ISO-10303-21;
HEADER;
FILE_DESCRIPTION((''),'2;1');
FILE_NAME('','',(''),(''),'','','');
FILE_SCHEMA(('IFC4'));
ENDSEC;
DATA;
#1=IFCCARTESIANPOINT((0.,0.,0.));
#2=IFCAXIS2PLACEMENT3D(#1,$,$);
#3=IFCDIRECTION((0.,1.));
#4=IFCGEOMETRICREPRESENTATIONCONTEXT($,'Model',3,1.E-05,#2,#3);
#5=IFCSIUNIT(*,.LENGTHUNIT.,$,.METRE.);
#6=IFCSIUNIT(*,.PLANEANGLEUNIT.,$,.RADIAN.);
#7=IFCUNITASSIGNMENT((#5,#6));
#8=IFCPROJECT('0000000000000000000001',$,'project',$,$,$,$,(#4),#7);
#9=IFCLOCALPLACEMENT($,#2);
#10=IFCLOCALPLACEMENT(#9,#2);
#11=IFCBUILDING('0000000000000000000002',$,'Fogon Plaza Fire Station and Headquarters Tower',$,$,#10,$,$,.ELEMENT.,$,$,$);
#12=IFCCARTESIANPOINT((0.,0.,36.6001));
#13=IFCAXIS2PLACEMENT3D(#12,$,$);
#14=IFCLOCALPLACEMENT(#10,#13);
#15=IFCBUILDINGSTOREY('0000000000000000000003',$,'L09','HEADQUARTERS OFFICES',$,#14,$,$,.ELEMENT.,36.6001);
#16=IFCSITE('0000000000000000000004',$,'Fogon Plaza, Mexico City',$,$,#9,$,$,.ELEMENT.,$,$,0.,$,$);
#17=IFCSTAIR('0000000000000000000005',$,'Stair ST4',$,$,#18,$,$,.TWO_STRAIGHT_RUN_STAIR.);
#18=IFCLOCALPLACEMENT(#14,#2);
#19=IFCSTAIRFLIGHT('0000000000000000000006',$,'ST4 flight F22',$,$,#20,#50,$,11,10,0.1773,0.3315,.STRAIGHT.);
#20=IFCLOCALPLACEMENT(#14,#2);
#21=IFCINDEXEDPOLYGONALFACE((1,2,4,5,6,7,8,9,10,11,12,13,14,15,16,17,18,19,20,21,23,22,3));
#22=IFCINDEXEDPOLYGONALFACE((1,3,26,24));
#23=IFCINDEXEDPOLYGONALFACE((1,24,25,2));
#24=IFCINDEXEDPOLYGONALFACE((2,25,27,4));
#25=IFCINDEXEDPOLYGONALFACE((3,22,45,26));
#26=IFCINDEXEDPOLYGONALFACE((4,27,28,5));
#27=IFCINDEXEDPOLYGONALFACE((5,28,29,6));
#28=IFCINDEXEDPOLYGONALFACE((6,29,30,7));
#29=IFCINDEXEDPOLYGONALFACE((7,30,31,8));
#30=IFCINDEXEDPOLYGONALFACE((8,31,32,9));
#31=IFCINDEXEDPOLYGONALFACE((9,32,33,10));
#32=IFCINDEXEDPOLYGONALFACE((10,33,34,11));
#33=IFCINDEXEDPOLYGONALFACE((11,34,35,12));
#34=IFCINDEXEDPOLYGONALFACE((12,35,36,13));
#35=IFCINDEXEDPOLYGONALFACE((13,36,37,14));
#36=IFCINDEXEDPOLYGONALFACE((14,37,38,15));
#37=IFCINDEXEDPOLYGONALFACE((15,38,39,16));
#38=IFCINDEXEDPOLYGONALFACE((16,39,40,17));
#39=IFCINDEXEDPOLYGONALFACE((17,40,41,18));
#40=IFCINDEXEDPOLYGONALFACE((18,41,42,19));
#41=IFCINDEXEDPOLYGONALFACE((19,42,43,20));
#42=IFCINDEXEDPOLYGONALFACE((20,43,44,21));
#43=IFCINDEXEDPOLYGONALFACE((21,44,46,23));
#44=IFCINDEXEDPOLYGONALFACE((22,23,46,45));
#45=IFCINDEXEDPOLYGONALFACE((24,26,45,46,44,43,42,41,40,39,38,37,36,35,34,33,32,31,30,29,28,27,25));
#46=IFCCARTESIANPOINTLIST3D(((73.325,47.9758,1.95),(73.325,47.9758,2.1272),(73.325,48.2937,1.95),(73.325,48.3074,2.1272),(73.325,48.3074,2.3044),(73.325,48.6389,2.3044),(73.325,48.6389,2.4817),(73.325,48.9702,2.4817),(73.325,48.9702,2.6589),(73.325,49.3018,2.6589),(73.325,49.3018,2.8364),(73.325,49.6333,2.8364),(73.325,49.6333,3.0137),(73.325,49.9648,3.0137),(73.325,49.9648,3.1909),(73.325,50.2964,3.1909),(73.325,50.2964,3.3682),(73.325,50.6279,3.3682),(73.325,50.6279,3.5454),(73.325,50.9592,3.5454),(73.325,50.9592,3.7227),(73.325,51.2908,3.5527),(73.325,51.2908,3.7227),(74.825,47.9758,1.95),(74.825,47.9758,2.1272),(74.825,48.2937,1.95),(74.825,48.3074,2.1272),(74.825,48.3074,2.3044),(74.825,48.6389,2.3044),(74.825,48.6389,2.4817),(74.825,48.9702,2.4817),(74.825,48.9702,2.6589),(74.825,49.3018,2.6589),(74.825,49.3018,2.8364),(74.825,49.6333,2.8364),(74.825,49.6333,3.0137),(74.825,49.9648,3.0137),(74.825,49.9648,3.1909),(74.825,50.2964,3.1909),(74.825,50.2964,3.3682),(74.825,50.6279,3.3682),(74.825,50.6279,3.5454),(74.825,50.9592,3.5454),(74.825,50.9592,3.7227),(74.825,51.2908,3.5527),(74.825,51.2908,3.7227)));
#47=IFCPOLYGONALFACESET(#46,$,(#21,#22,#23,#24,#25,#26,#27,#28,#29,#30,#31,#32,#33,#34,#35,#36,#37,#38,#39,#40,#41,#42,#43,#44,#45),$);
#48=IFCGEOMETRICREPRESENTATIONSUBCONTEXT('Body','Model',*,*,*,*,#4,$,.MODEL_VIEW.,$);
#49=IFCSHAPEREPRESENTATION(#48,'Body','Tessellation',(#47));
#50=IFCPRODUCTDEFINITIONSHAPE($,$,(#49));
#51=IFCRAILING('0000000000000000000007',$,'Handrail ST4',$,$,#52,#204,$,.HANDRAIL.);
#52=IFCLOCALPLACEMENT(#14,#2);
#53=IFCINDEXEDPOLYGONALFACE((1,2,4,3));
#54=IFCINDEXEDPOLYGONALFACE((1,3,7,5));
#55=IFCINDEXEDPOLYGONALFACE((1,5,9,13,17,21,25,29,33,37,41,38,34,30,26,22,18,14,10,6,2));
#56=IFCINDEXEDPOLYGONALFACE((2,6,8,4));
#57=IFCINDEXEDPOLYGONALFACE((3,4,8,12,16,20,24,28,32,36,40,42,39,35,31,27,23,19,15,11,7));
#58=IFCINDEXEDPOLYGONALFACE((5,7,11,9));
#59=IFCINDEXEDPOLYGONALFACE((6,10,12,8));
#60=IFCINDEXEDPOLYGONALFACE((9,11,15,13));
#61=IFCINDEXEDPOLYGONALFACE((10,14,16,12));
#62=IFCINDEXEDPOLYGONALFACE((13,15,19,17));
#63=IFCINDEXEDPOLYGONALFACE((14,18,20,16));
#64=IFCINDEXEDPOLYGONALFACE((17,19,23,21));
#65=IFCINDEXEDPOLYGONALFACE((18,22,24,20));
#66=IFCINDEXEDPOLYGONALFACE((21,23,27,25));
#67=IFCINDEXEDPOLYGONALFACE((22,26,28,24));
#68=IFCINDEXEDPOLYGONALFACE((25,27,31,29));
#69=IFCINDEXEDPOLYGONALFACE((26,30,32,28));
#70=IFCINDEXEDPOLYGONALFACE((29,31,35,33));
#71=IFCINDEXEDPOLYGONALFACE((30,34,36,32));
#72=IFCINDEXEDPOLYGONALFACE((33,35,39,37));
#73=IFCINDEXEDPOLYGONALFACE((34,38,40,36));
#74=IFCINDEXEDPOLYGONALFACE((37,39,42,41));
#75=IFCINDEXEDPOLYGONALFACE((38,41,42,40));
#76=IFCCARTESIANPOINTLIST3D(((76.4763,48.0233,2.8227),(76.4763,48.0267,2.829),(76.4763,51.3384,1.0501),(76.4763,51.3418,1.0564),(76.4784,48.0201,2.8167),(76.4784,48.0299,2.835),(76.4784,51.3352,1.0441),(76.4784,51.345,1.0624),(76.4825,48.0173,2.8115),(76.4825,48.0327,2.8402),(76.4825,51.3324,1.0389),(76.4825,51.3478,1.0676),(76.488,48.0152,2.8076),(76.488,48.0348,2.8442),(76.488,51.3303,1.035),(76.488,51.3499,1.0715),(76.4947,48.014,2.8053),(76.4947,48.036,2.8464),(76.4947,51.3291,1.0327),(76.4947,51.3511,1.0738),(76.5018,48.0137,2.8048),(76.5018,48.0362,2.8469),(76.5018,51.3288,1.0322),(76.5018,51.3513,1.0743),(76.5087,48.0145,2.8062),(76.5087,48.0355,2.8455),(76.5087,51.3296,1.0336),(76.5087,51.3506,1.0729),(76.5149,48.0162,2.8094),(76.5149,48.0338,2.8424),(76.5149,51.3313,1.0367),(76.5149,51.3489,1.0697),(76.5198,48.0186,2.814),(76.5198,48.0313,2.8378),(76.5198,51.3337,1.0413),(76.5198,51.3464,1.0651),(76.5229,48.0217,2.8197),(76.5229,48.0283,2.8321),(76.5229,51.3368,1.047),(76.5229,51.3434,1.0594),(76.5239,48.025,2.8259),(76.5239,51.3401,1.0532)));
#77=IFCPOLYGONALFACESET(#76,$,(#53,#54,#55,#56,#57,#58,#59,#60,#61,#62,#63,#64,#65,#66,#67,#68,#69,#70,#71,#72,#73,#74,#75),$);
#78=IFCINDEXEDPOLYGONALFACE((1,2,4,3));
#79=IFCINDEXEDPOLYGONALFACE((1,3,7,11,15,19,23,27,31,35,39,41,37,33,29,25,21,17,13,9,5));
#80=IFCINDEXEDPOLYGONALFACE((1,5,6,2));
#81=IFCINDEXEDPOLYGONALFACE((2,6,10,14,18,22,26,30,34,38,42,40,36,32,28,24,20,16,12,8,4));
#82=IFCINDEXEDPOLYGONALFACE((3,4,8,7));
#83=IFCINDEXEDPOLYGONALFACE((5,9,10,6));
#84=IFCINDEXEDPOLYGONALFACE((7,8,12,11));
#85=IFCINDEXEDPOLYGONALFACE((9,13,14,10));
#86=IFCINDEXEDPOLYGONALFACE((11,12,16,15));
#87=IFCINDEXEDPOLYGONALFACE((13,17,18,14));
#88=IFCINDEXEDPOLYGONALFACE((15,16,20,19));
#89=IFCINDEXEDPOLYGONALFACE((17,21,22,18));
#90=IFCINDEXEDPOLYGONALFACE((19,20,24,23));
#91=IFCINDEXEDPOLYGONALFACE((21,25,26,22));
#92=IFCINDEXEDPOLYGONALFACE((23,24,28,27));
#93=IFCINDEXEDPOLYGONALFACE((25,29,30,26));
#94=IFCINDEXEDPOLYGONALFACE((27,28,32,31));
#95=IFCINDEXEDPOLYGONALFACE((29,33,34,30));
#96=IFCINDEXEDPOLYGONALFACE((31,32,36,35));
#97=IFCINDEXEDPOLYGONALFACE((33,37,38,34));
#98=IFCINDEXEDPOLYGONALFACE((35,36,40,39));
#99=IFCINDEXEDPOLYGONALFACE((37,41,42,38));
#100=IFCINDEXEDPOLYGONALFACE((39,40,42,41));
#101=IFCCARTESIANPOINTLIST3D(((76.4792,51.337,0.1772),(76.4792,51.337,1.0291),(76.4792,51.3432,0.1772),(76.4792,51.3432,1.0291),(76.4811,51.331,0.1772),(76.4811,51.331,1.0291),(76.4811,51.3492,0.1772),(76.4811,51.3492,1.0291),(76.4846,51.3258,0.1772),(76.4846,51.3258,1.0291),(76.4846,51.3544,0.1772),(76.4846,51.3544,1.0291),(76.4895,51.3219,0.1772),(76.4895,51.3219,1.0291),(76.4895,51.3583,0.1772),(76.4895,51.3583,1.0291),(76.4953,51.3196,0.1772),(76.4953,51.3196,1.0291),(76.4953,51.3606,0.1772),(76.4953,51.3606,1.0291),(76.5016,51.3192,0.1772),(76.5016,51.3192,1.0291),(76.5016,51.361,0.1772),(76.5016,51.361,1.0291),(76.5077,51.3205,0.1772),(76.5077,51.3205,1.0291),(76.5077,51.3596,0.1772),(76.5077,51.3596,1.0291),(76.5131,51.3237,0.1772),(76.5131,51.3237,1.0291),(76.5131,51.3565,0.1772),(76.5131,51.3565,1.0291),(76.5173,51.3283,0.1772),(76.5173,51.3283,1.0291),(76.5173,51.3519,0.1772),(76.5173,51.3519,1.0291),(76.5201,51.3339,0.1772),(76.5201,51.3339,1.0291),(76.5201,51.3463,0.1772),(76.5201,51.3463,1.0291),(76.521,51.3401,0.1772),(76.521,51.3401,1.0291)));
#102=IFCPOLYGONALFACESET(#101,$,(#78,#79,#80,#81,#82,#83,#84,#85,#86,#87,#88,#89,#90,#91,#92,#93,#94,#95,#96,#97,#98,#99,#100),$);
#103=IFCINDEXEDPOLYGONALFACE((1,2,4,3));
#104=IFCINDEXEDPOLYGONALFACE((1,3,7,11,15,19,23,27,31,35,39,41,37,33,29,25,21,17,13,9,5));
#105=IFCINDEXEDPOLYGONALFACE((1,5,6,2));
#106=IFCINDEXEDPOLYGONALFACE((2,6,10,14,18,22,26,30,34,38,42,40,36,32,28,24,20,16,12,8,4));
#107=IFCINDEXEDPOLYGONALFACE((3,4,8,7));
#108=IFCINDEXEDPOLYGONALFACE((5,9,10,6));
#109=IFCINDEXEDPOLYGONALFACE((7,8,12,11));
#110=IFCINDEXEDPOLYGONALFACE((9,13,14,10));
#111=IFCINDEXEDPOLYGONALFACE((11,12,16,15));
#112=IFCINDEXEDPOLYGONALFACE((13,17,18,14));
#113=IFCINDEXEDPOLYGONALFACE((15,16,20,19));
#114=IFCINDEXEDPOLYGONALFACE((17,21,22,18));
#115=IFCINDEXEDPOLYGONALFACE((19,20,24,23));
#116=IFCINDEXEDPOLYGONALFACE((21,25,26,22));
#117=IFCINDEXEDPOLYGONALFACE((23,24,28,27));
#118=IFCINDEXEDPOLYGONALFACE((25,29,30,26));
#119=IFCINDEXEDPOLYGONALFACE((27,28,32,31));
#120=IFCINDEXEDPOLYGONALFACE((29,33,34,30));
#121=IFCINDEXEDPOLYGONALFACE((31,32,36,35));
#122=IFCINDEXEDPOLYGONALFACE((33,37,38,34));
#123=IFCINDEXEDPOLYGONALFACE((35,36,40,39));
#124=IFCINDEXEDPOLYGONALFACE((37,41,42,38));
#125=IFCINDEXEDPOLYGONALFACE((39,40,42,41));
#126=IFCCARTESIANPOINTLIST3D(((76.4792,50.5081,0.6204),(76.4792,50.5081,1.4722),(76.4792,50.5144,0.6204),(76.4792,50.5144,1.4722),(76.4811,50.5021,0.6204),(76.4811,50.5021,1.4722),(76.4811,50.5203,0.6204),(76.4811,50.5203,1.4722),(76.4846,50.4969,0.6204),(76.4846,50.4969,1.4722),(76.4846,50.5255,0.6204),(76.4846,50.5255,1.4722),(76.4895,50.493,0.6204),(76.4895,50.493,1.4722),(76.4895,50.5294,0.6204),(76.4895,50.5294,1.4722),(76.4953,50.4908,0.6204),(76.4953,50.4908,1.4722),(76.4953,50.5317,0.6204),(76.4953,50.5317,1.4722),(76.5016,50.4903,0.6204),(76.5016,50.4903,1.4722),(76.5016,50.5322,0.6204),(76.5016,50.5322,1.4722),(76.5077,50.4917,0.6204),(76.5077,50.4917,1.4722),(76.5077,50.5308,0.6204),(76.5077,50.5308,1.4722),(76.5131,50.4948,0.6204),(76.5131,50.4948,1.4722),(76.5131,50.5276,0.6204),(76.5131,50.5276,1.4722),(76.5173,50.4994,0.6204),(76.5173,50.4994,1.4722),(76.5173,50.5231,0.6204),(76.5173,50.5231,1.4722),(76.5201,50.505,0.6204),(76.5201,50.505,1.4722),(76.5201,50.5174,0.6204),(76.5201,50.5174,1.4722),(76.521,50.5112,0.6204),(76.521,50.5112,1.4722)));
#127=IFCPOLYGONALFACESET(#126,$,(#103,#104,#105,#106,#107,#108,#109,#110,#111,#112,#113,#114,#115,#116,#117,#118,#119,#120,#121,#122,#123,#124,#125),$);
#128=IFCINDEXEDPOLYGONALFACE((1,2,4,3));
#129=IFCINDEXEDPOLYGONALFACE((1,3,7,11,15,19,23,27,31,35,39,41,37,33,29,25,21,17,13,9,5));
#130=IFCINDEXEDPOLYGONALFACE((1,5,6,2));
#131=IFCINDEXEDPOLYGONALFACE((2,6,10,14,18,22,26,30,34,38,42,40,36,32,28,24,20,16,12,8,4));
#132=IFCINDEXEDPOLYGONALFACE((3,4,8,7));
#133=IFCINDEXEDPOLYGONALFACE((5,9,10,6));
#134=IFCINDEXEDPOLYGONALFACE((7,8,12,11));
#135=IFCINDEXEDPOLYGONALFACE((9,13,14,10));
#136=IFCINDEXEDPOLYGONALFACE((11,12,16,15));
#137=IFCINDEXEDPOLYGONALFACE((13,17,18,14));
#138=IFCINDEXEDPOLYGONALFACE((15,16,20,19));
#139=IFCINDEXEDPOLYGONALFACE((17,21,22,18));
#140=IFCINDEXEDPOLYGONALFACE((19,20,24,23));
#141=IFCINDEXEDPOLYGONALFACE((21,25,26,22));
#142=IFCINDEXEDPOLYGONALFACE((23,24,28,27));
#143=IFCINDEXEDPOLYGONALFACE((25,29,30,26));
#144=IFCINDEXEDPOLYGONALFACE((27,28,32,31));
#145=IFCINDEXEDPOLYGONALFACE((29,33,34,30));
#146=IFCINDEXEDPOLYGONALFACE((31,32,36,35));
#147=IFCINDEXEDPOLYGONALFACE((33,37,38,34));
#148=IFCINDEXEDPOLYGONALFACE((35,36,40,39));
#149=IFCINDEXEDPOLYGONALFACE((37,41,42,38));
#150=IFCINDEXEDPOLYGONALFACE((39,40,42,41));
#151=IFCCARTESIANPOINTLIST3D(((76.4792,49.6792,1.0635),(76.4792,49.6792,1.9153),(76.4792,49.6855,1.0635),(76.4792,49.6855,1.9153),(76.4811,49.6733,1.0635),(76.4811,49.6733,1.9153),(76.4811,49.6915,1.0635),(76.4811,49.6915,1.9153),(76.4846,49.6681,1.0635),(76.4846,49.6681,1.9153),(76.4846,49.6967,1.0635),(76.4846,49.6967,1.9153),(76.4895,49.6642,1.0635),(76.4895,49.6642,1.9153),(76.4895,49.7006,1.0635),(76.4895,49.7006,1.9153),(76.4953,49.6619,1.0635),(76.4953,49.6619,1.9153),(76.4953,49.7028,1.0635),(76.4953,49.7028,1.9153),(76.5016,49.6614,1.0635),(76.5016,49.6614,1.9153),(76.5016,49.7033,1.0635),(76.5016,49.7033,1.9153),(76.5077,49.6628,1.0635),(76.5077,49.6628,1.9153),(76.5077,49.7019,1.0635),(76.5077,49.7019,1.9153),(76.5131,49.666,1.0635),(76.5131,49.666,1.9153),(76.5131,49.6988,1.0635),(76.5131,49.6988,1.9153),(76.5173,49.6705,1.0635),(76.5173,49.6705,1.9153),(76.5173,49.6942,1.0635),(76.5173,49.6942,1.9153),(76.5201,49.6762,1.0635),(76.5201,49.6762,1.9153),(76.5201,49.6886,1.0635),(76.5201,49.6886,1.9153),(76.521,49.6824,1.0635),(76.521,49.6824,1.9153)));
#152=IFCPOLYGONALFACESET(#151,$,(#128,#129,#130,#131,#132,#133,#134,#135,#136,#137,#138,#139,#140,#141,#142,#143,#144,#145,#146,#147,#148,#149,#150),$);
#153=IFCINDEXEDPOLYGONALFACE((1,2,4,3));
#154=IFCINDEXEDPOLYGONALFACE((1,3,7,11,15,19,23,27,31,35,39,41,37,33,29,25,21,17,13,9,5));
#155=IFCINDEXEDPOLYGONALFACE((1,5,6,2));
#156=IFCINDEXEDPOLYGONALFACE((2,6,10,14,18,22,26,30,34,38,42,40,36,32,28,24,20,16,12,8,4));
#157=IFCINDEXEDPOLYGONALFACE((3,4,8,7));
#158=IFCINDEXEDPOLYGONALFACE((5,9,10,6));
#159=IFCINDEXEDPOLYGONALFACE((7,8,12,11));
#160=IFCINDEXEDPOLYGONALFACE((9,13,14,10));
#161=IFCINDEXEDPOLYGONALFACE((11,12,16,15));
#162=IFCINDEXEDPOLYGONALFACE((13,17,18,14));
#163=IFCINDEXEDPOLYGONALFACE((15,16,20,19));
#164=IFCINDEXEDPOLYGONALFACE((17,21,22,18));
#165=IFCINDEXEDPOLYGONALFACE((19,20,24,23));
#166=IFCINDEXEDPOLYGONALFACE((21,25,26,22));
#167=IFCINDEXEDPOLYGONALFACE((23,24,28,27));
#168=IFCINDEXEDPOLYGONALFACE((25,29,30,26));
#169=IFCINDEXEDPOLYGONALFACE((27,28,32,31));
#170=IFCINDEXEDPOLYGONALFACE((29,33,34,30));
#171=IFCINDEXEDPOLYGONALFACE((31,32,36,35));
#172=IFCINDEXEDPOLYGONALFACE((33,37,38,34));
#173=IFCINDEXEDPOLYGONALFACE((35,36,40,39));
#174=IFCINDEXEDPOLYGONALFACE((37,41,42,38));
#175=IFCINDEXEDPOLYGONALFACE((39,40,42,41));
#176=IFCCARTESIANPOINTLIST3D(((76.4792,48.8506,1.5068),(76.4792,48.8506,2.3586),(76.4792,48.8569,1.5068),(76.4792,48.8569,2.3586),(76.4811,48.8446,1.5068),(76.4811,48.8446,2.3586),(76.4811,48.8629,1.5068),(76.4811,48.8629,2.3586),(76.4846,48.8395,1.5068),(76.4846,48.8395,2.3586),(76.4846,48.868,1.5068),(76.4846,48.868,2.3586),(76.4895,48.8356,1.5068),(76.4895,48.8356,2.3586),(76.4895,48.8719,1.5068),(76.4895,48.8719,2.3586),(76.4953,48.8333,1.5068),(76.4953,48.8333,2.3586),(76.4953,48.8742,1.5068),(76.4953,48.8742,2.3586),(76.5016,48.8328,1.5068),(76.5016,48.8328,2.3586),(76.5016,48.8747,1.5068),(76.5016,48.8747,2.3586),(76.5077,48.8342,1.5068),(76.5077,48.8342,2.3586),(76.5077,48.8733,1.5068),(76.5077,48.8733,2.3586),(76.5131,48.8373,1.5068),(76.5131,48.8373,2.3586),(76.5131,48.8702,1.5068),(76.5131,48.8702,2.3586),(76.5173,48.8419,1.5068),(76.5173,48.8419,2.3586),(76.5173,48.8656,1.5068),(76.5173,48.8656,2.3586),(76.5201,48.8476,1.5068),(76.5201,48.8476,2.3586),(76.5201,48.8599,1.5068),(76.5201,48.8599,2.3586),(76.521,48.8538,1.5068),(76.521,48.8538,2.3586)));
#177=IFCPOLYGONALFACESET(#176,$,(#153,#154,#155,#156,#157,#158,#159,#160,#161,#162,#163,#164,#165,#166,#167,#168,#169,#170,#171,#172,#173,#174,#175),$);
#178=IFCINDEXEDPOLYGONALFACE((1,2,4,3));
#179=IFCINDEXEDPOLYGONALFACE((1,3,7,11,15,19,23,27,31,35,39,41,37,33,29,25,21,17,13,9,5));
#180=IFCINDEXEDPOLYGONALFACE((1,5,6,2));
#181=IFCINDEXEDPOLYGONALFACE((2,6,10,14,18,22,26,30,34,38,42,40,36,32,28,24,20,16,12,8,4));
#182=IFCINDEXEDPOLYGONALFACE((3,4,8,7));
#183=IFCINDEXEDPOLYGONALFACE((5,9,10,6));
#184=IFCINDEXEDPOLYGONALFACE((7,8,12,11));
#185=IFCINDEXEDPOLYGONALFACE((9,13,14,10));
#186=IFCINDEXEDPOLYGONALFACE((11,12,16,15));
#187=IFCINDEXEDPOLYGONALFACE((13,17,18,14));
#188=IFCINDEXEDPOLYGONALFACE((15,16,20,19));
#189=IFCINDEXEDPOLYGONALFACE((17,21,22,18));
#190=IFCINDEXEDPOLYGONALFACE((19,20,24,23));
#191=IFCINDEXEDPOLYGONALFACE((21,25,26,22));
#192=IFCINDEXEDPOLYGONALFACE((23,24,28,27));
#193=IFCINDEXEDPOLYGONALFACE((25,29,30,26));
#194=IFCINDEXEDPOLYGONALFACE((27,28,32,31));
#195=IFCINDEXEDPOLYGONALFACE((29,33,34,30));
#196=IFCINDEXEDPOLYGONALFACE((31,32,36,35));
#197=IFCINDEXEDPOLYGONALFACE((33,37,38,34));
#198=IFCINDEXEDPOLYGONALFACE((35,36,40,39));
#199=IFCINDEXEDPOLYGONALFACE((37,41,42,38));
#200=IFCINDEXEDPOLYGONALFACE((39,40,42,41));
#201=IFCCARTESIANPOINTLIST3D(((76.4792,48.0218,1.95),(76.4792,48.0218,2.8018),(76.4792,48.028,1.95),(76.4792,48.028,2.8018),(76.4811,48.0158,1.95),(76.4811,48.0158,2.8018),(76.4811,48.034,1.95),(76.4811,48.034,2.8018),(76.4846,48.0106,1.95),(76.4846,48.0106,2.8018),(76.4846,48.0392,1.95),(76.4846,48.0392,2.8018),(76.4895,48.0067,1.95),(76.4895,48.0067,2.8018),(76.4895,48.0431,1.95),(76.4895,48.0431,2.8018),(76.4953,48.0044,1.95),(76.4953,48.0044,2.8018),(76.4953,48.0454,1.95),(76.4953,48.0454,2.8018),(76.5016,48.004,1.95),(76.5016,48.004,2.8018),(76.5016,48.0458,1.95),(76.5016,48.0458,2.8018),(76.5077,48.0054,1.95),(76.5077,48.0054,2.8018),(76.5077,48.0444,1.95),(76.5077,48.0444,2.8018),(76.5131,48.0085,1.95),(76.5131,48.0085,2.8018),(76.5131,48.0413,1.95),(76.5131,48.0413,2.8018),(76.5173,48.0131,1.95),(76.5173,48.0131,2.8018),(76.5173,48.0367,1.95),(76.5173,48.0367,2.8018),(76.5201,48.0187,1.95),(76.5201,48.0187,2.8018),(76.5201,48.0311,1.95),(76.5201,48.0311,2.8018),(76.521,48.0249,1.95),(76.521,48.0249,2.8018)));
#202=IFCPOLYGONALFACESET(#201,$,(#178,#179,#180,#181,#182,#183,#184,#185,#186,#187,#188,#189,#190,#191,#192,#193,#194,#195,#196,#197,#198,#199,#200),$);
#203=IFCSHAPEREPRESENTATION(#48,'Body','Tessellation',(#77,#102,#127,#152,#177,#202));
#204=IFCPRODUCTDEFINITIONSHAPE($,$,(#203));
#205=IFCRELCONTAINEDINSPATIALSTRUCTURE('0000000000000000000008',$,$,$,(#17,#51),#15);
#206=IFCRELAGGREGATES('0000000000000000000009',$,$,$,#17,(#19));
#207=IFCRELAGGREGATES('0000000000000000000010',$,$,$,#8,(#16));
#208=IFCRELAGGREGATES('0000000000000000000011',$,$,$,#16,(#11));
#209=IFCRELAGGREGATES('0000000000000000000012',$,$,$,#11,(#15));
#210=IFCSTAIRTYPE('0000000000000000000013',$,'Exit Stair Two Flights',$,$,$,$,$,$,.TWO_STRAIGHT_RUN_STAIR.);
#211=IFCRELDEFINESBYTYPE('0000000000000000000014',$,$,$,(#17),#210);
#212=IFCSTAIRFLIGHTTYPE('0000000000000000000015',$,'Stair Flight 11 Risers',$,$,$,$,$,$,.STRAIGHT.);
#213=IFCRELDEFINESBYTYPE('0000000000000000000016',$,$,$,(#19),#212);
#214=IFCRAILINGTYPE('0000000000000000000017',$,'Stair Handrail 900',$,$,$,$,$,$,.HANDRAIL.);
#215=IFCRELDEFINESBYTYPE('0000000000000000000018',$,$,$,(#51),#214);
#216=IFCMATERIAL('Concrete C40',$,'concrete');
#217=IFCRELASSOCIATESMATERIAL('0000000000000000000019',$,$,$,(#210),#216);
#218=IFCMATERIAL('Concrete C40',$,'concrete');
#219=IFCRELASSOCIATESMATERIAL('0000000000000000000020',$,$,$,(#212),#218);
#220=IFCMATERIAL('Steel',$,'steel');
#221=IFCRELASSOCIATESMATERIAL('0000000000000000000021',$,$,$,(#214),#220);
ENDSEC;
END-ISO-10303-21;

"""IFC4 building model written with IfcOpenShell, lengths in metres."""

from ifc_helpers import new_model, si_unit, direction, frame, origin, origin_2d, place, context, subcontext, project, spatial, polyline, circle, outline, extrude, material, type_object, element, aggregate, save


model = new_model("IFC4")

# Units and contexts
model_context = context("Model", 3, precision=1e-05, world=origin(), true_north=direction((0.0, 1.0)))
body_context = subcontext(model_context, "Body", "Model", "MODEL_VIEW")
ifc_project = project(units=[si_unit("LENGTHUNIT", "METRE"), si_unit("PLANEANGLEUNIT", "RADIAN")], contexts=[model_context])

# Site, building, storey
site_placement = place(None, origin())
site = spatial("IfcSite", under=ifc_project, at=site_placement, Name="Fogon Plaza, Mexico City", CompositionType="ELEMENT", RefElevation=0.0)
building_placement = place(site_placement, origin())
building = spatial("IfcBuilding", under=site, at=building_placement, Name="Fogon Plaza Fire Station and Headquarters Tower", CompositionType="ELEMENT")
storey_placement = place(building_placement, frame((0.0, 0.0, 36.6001)))
storey = spatial("IfcBuildingStorey", under=building, at=storey_placement, Name="L09", Description="HEADQUARTERS OFFICES", CompositionType="ELEMENT", Elevation=36.6001)

# Stair, stair flight
ifc_material_1 = material(Name="Concrete C40", Category="concrete")
stair_type = type_object("IfcStairType", Name="Exit Stair Two Flights", PredefinedType="TWO_STRAIGHT_RUN_STAIR", material=ifc_material_1)
stair_placement = place(storey_placement, origin())
stair = element("IfcStair", 1, at=stair_placement, inside=storey, type_object=stair_type, Name="Stair ST4", PredefinedType="TWO_STRAIGHT_RUN_STAIR")
ifc_material_2 = material(Name="Concrete C40", Category="concrete")
stair_flight_type = type_object("IfcStairFlightType", Name="Stair Flight 11 Risers", PredefinedType="STRAIGHT", material=ifc_material_2)
stair_flight_1_placement = place(storey_placement, frame((74.075, 47.9758, 1.95), z_axis=(0.0, 0.0, 1.0), x_axis=(0.0, 1.0, 0.0)))
stair_flight_1 = element("IfcStairFlight", 2, at=stair_flight_1_placement, type_object=stair_flight_type, Name="ST4 flight F22", NumberOfRisers=11, NumberOfTreads=10, PredefinedType="STRAIGHT", RiserHeight=0.1773, TreadLength=0.3315, context=body_context, shape_type="SweptSolid", body=[
    extrude(outline(polyline([(0.0, 0.0), (0.0, 0.1772), (0.3315, 0.1772), (0.3315, 0.3545), (0.6631, 0.3545), (0.6631, 0.5317), (0.9944, 0.5317), (0.9944, 0.709), (1.3259, 0.709), (1.3259, 0.8865), (1.6575, 0.8865), (1.6575, 1.0637), (1.989, 1.0637), (1.989, 1.241), (2.3206, 1.241), (2.3206, 1.4182), (2.6521, 1.4182), (2.6521, 1.5955), (2.9834, 1.5955), (2.9834, 1.7727), (3.3149, 1.7727), (3.3149, 1.95), (3.3149, 1.6028), (0.3179, 0.0), (0.0, 0.0)])), frame((0.0, 0.75, 0.0), z_axis=(0.0, -1.0, 0.0), x_axis=(1.0, 0.0, 0.0)), (0.0, 0.0, 1.0), 1.5),
])
aggregate(stair, [stair_flight_1])

# Railing
ifc_material_3 = material(Name="Steel", Category="steel")
railing_type = type_object("IfcRailingType", Name="Stair Handrail 900", PredefinedType="HANDRAIL", material=ifc_material_3)
for number, where, name in (
    (3, (76.5, 51.3401, 0.1772), "Handrail ST4"),
):
    element("IfcRailing", number, at=place(storey_placement, frame(where)), inside=storey, type_object=railing_type, Name=name, PredefinedType="HANDRAIL", context=body_context, shape_type="SweptSolid", body=[
        extrude(circle(Radius=0.0239, at=origin_2d()), frame((0.0, 0.0, 0.876), z_axis=(0.0, -0.881844, 0.471542), x_axis=(1.0, 0.0, 0.0)), (0.0, 0.0, 1.0), 3.7593),
        extrude(circle(Radius=0.021, at=origin_2d()), origin(), (0.0, 0.0, 1.0), 0.8518),
        extrude(circle(Radius=0.021, at=origin_2d()), frame((0.0, -0.8289, 0.4431)), (0.0, 0.0, 1.0), 0.8518),
        extrude(circle(Radius=0.021, at=origin_2d()), frame((0.0, -1.6577, 0.8862)), (0.0, 0.0, 1.0), 0.8518),
        extrude(circle(Radius=0.021, at=origin_2d()), frame((0.0, -2.4863, 1.3296)), (0.0, 0.0, 1.0), 0.8518),
        extrude(circle(Radius=0.021, at=origin_2d()), frame((0.0, -3.3152, 1.7727)), (0.0, 0.0, 1.0), 0.8518),
    ])

save(model, "model.ifc")
